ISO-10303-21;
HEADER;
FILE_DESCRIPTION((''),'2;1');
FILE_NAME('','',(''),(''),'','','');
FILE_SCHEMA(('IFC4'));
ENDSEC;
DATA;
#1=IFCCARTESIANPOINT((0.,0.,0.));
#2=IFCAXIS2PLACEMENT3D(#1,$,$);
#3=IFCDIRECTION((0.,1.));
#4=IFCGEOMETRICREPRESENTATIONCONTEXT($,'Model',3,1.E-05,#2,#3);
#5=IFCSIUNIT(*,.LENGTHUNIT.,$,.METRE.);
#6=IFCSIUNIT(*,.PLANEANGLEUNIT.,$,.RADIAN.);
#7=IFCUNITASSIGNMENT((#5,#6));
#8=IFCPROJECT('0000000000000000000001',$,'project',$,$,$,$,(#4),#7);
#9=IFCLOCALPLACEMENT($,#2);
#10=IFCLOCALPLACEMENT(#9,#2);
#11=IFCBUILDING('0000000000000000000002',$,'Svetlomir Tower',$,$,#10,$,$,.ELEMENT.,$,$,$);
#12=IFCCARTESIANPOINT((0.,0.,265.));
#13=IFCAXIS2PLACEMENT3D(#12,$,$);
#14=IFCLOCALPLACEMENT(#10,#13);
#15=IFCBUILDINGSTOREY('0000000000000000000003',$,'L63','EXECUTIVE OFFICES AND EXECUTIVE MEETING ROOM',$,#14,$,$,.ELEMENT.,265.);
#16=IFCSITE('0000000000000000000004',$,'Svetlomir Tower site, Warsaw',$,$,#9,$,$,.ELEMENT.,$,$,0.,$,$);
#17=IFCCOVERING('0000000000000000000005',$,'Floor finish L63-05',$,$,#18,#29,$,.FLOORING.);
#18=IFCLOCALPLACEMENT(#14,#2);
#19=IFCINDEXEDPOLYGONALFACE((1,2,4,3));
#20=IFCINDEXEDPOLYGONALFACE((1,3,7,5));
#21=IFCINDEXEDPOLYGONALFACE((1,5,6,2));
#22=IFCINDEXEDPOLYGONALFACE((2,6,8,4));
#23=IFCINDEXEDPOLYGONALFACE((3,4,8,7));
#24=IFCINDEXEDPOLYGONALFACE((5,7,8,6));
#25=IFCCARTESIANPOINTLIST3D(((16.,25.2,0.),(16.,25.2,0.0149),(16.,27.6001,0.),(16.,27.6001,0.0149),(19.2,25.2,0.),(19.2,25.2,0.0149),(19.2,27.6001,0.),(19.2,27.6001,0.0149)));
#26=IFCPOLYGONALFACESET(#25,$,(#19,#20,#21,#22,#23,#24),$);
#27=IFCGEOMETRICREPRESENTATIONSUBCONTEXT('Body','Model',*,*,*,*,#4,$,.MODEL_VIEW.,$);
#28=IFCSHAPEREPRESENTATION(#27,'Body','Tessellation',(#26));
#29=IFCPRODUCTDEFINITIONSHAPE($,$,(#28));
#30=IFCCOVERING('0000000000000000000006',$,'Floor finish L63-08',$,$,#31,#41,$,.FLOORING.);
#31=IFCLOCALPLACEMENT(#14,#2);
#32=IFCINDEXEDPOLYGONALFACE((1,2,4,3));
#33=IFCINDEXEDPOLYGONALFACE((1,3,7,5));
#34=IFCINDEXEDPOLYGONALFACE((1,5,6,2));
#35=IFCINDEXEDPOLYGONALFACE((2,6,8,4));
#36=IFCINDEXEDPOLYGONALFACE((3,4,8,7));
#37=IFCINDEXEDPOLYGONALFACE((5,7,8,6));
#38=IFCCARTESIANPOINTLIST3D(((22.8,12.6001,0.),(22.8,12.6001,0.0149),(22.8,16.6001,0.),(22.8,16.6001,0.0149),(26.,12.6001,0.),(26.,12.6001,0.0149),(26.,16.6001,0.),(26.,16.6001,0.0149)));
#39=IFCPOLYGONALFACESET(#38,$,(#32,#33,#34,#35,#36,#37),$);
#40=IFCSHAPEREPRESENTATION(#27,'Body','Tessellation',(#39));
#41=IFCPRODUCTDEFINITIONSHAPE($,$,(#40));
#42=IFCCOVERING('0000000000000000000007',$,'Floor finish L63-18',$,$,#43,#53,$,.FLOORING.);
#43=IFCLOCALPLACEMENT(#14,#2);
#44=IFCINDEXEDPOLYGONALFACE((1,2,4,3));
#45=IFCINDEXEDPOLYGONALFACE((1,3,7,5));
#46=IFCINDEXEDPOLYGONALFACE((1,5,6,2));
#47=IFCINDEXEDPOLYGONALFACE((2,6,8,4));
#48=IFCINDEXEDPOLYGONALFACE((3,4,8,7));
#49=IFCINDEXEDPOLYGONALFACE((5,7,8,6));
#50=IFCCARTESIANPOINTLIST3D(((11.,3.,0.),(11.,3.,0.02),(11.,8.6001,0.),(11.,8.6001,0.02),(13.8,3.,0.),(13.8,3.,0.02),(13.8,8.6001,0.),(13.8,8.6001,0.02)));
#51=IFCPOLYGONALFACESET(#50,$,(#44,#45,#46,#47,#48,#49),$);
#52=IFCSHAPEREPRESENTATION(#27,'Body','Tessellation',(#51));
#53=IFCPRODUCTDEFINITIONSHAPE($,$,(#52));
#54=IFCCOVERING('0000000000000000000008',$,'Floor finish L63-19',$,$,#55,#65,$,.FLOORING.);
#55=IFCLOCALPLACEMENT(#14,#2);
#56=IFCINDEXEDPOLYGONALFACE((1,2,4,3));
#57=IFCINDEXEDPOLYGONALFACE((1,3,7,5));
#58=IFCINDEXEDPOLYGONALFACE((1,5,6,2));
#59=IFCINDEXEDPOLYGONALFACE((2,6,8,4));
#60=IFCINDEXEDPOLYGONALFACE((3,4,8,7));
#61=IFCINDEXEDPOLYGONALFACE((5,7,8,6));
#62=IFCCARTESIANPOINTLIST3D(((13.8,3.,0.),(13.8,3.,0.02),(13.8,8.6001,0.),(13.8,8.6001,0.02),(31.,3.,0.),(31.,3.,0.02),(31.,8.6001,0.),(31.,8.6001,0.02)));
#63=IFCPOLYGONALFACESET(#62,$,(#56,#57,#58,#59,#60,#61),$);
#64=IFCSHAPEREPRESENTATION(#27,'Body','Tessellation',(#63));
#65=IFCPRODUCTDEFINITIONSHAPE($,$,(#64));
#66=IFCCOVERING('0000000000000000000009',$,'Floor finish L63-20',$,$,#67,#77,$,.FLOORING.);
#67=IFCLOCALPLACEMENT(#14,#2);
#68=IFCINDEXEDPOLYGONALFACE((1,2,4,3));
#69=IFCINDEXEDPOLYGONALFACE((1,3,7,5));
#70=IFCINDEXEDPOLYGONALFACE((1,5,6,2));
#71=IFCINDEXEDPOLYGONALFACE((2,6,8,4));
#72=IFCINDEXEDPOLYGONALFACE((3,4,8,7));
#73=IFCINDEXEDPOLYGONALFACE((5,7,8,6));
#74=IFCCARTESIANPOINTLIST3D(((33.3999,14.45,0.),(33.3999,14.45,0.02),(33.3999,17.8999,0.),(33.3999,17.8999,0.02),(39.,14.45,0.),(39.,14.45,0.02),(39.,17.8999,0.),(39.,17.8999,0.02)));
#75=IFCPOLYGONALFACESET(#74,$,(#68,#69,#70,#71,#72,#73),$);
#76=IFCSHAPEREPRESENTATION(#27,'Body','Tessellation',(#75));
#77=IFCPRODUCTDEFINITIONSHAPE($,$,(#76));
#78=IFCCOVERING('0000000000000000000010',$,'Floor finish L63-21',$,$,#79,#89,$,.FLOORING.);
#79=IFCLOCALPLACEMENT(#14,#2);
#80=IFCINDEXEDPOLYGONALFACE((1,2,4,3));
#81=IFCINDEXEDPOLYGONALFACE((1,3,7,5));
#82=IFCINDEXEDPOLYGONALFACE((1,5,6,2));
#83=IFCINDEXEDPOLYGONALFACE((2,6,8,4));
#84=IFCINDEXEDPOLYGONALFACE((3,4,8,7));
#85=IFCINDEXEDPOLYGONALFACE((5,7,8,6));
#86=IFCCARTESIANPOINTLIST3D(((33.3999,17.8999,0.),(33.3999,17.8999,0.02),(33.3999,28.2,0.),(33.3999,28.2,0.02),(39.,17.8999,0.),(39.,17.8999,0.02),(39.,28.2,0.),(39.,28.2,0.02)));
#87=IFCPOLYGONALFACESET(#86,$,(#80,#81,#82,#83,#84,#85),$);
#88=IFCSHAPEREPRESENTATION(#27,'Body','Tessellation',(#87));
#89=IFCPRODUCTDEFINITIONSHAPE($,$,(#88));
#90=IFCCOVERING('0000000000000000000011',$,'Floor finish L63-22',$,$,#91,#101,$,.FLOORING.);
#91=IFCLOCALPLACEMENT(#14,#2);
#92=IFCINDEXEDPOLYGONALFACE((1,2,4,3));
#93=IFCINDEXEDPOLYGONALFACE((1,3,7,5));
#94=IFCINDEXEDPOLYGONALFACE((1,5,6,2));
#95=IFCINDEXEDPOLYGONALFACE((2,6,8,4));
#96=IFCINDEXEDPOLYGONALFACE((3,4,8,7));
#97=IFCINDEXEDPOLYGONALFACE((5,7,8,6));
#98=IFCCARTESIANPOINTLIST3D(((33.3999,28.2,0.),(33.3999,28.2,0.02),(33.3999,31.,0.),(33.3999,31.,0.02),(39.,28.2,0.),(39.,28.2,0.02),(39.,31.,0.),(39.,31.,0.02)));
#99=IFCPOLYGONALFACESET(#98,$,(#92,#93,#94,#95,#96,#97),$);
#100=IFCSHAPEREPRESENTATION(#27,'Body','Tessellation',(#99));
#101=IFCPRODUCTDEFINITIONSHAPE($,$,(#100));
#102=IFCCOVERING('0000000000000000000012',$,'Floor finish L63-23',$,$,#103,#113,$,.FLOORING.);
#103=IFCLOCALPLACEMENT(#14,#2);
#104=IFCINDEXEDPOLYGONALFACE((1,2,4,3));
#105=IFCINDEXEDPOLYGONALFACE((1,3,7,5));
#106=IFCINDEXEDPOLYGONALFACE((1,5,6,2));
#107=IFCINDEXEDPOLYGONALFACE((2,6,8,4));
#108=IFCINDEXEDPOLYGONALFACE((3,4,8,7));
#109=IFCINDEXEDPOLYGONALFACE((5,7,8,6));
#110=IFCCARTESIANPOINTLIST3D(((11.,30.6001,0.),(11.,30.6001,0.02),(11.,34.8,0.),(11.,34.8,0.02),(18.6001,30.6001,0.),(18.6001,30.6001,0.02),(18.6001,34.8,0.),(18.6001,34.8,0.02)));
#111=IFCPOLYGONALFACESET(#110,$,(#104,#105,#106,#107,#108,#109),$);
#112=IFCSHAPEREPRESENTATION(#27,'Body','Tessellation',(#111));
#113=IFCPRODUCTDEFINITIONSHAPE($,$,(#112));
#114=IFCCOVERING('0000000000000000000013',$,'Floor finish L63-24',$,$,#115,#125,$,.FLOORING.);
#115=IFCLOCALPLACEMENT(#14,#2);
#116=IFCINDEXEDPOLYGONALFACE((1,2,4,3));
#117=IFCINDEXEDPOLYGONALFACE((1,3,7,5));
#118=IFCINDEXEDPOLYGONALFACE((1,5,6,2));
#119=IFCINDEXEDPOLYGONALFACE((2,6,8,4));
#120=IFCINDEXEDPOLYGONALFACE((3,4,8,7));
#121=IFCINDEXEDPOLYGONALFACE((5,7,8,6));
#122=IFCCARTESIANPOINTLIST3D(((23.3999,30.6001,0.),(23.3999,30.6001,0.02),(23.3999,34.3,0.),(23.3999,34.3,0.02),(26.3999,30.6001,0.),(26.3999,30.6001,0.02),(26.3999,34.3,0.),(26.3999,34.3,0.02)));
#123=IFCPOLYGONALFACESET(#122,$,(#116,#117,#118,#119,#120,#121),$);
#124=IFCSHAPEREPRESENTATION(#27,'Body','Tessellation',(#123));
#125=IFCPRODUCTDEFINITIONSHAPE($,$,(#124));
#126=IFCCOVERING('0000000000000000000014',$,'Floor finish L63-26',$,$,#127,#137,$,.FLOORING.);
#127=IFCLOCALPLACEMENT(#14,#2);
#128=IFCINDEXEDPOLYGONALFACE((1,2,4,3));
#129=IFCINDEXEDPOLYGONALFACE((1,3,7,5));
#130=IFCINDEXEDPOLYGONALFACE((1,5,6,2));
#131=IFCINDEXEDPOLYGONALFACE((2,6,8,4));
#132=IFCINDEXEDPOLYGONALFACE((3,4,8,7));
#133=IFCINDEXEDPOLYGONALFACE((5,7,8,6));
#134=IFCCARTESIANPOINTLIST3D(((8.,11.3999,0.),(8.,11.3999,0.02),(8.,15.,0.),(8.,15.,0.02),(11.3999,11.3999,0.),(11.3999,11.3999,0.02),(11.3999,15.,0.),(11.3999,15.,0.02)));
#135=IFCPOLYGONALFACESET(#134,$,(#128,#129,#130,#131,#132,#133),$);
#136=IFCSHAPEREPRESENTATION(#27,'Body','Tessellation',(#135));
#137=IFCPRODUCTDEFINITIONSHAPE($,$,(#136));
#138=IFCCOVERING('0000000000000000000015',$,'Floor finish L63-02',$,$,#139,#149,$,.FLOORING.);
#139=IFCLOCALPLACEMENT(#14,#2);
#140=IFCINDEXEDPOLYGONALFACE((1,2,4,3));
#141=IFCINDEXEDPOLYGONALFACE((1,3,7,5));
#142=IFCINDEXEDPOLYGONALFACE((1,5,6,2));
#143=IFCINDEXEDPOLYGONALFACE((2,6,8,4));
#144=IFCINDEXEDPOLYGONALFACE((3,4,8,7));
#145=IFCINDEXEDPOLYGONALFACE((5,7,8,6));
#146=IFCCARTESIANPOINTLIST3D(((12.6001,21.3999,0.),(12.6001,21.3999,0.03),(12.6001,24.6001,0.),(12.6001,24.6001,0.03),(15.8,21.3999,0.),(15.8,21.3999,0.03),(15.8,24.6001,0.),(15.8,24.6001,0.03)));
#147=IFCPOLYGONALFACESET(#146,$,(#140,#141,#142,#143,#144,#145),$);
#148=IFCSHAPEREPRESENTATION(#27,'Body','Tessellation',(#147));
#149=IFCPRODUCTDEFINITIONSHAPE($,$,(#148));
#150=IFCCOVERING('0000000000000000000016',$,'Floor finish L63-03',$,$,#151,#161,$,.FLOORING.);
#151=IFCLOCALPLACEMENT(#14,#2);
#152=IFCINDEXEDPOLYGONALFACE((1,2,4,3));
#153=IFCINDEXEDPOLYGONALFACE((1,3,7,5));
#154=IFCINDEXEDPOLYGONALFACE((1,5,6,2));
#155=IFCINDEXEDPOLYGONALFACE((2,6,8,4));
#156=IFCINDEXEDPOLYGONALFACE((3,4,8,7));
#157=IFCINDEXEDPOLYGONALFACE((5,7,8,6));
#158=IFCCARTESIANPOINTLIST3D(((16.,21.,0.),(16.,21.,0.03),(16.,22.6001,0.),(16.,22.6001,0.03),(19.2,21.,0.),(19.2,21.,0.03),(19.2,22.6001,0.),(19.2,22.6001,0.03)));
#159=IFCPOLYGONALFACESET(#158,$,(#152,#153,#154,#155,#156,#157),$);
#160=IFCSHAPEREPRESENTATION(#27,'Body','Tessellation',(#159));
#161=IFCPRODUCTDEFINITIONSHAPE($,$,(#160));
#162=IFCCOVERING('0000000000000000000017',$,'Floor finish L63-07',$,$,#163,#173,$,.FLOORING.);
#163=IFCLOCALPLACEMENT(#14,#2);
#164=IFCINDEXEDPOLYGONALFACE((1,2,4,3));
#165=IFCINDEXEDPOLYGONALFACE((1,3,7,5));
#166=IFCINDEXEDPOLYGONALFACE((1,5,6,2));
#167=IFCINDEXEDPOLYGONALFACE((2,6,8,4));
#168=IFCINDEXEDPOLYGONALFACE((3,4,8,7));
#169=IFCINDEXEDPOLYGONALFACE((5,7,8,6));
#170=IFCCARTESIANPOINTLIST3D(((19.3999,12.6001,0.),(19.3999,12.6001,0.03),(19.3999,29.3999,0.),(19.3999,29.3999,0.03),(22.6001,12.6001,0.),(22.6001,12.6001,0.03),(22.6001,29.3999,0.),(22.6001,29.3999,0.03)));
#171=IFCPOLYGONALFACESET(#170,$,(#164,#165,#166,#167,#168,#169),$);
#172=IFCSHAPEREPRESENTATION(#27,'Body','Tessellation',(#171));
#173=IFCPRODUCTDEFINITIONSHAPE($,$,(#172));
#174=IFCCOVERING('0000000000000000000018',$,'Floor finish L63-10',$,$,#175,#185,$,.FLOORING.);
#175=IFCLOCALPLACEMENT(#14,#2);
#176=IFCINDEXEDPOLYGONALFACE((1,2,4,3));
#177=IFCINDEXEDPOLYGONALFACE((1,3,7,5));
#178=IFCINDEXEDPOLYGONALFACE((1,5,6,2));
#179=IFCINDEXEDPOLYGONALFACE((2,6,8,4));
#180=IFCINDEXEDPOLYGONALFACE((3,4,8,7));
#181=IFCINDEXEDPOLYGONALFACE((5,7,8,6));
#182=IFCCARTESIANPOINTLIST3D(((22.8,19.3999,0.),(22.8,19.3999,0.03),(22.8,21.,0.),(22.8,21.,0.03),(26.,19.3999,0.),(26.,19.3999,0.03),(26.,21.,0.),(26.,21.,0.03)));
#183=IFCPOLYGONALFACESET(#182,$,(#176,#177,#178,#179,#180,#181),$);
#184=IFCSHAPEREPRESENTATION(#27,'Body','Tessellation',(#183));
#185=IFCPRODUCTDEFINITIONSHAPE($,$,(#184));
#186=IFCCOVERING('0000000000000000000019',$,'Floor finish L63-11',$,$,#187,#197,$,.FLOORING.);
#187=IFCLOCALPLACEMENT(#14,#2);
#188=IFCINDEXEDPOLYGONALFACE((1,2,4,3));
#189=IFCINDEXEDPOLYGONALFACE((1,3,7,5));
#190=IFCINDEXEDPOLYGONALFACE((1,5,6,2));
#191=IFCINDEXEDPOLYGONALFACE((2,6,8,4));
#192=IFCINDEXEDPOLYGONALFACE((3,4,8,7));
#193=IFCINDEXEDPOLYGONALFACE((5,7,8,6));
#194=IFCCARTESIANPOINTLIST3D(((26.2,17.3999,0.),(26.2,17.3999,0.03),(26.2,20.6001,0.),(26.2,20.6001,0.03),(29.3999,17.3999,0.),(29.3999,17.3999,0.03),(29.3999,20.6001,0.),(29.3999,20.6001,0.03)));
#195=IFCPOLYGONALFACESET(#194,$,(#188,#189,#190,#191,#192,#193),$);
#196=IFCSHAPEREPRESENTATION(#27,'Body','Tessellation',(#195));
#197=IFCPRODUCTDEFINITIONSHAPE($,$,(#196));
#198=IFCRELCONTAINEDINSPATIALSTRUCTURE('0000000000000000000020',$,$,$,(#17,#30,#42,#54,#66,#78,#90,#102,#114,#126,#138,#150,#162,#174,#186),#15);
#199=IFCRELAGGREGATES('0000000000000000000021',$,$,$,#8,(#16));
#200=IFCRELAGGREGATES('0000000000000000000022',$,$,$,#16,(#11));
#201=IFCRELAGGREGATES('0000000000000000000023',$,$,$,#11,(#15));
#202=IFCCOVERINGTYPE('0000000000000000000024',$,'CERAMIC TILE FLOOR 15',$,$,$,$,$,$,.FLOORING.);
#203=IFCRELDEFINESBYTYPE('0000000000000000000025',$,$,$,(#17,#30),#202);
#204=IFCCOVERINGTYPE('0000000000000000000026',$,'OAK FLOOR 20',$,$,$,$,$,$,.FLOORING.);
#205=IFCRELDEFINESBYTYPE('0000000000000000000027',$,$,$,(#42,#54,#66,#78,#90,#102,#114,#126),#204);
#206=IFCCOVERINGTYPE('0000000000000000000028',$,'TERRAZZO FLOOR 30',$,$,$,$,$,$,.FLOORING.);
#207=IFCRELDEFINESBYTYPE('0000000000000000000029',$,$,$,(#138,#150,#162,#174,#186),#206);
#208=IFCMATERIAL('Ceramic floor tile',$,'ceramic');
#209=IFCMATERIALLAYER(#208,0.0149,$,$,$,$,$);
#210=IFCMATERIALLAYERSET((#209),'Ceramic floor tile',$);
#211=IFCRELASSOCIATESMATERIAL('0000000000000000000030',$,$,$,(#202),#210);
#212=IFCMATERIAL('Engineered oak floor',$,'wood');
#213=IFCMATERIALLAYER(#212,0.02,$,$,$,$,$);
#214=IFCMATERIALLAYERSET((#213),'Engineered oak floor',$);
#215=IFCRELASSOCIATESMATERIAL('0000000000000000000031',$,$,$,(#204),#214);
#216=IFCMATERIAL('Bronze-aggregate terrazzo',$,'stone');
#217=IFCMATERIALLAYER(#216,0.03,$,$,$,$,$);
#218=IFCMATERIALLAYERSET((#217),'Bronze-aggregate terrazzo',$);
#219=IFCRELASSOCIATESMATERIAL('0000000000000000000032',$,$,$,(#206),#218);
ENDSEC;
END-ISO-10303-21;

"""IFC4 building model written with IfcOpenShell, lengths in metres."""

from ifc_helpers import new_model, si_unit, direction, frame, origin, place, context, subcontext, project, spatial, polyline, outline, extrude, material, layer, layer_set, type_object, element, save


model = new_model("IFC4")

# Units and contexts
model_context = context("Model", 3, precision=1e-05, world=origin(), true_north=direction((0.0, 1.0)))
body_context = subcontext(model_context, "Body", "Model", "MODEL_VIEW")
ifc_project = project(units=[si_unit("LENGTHUNIT", "METRE"), si_unit("PLANEANGLEUNIT", "RADIAN")], contexts=[model_context])

# Site, building, storey
site_placement = place(None, origin())
site = spatial("IfcSite", under=ifc_project, at=site_placement, Name="Svetlomir Tower site, Warsaw", CompositionType="ELEMENT", RefElevation=0.0)
building_placement = place(site_placement, origin())
building = spatial("IfcBuilding", under=site, at=building_placement, Name="Svetlomir Tower", CompositionType="ELEMENT")
storey_placement = place(building_placement, frame((0.0, 0.0, 265.0)))
storey = spatial("IfcBuildingStorey", under=building, at=storey_placement, Name="L63", Description="EXECUTIVE OFFICES AND EXECUTIVE MEETING ROOM", CompositionType="ELEMENT", Elevation=265.0)

# Coverings
ifc_material_1 = material(Name="Ceramic floor tile", Category="ceramic")
ifc_layer_1 = layer(ifc_material_1, 0.0149)
ifc_layer_set_1 = layer_set([ifc_layer_1], Name="Ceramic floor tile")
covering_type_1 = type_object("IfcCoveringType", Name="CERAMIC TILE FLOOR 15", PredefinedType="FLOORING", material=ifc_layer_set_1)
covering_1_placement = place(storey_placement, origin())
element("IfcCovering", 1, at=covering_1_placement, inside=storey, type_object=covering_type_1, Name="Floor finish L63-05", PredefinedType="FLOORING", context=body_context, shape_type="SweptSolid", body=[
    extrude(outline(polyline([(16.0, 25.2), (19.2, 25.2), (19.2, 27.6001), (16.0, 27.6001), (16.0, 25.2)])), origin(), (0.0, 0.0, 1.0), 0.0149),
])
covering_2_placement = place(storey_placement, origin())
element("IfcCovering", 2, at=covering_2_placement, inside=storey, type_object=covering_type_1, Name="Floor finish L63-08", PredefinedType="FLOORING", context=body_context, shape_type="SweptSolid", body=[
    extrude(outline(polyline([(22.8, 12.6001), (26.0, 12.6001), (26.0, 16.6001), (22.8, 16.6001), (22.8, 12.6001)])), origin(), (0.0, 0.0, 1.0), 0.0149),
])
ifc_material_2 = material(Name="Engineered oak floor", Category="wood")
ifc_layer_2 = layer(ifc_material_2, 0.02)
ifc_layer_set_2 = layer_set([ifc_layer_2], Name="Engineered oak floor")
covering_type_2 = type_object("IfcCoveringType", Name="OAK FLOOR 20", PredefinedType="FLOORING", material=ifc_layer_set_2)
covering_3_placement = place(storey_placement, origin())
element("IfcCovering", 3, at=covering_3_placement, inside=storey, type_object=covering_type_2, Name="Floor finish L63-18", PredefinedType="FLOORING", context=body_context, shape_type="SweptSolid", body=[
    extrude(outline(polyline([(11.0, 3.0), (13.8, 3.0), (13.8, 8.6001), (11.0, 8.6001), (11.0, 3.0)])), origin(), (0.0, 0.0, 1.0), 0.02),
])
covering_4_placement = place(storey_placement, origin())
element("IfcCovering", 4, at=covering_4_placement, inside=storey, type_object=covering_type_2, Name="Floor finish L63-19", PredefinedType="FLOORING", context=body_context, shape_type="SweptSolid", body=[
    extrude(outline(polyline([(13.8, 3.0), (31.0, 3.0), (31.0, 8.6001), (13.8, 8.6001), (13.8, 3.0)])), origin(), (0.0, 0.0, 1.0), 0.02),
])
covering_5_placement = place(storey_placement, origin())
element("IfcCovering", 5, at=covering_5_placement, inside=storey, type_object=covering_type_2, Name="Floor finish L63-20", PredefinedType="FLOORING", context=body_context, shape_type="SweptSolid", body=[
    extrude(outline(polyline([(33.3999, 14.45), (39.0, 14.45), (39.0, 17.8999), (33.3999, 17.8999), (33.3999, 14.45)])), origin(), (0.0, 0.0, 1.0), 0.02),
])
covering_6_placement = place(storey_placement, origin())
element("IfcCovering", 6, at=covering_6_placement, inside=storey, type_object=covering_type_2, Name="Floor finish L63-21", PredefinedType="FLOORING", context=body_context, shape_type="SweptSolid", body=[
    extrude(outline(polyline([(33.3999, 17.8999), (39.0, 17.8999), (39.0, 28.2), (33.3999, 28.2), (33.3999, 17.8999)])), origin(), (0.0, 0.0, 1.0), 0.02),
])
covering_7_placement = place(storey_placement, origin())
element("IfcCovering", 7, at=covering_7_placement, inside=storey, type_object=covering_type_2, Name="Floor finish L63-22", PredefinedType="FLOORING", context=body_context, shape_type="SweptSolid", body=[
    extrude(outline(polyline([(33.3999, 28.2), (39.0, 28.2), (39.0, 31.0), (33.3999, 31.0), (33.3999, 28.2)])), origin(), (0.0, 0.0, 1.0), 0.02),
])
covering_8_placement = place(storey_placement, origin())
element("IfcCovering", 8, at=covering_8_placement, inside=storey, type_object=covering_type_2, Name="Floor finish L63-23", PredefinedType="FLOORING", context=body_context, shape_type="SweptSolid", body=[
    extrude(outline(polyline([(11.0, 30.6001), (18.6001, 30.6001), (18.6001, 34.8), (11.0, 34.8), (11.0, 30.6001)])), origin(), (0.0, 0.0, 1.0), 0.02),
])
covering_9_placement = place(storey_placement, origin())
element("IfcCovering", 9, at=covering_9_placement, inside=storey, type_object=covering_type_2, Name="Floor finish L63-24", PredefinedType="FLOORING", context=body_context, shape_type="SweptSolid", body=[
    extrude(outline(polyline([(23.3999, 30.6001), (26.3999, 30.6001), (26.3999, 34.3), (23.3999, 34.3), (23.3999, 30.6001)])), origin(), (0.0, 0.0, 1.0), 0.02),
])
covering_10_placement = place(storey_placement, origin())
element("IfcCovering", 10, at=covering_10_placement, inside=storey, type_object=covering_type_2, Name="Floor finish L63-26", PredefinedType="FLOORING", context=body_context, shape_type="SweptSolid", body=[
    extrude(outline(polyline([(8.0, 11.3999), (11.3999, 11.3999), (11.3999, 15.0), (8.0, 15.0), (8.0, 11.3999)])), origin(), (0.0, 0.0, 1.0), 0.02),
])
ifc_material_3 = material(Name="Bronze-aggregate terrazzo", Category="stone")
ifc_layer_3 = layer(ifc_material_3, 0.03)
ifc_layer_set_3 = layer_set([ifc_layer_3], Name="Bronze-aggregate terrazzo")
covering_type_3 = type_object("IfcCoveringType", Name="TERRAZZO FLOOR 30", PredefinedType="FLOORING", material=ifc_layer_set_3)
covering_11_placement = place(storey_placement, origin())
element("IfcCovering", 11, at=covering_11_placement, inside=storey, type_object=covering_type_3, Name="Floor finish L63-02", PredefinedType="FLOORING", context=body_context, shape_type="SweptSolid", body=[
    extrude(outline(polyline([(12.6001, 21.3999), (15.8, 21.3999), (15.8, 24.6001), (12.6001, 24.6001), (12.6001, 21.3999)])), origin(), (0.0, 0.0, 1.0), 0.03),
])
covering_12_placement = place(storey_placement, origin())
element("IfcCovering", 12, at=covering_12_placement, inside=storey, type_object=covering_type_3, Name="Floor finish L63-03", PredefinedType="FLOORING", context=body_context, shape_type="SweptSolid", body=[
    extrude(outline(polyline([(16.0, 21.0), (19.2, 21.0), (19.2, 22.6001), (16.0, 22.6001), (16.0, 21.0)])), origin(), (0.0, 0.0, 1.0), 0.03),
])
covering_13_placement = place(storey_placement, origin())
element("IfcCovering", 13, at=covering_13_placement, inside=storey, type_object=covering_type_3, Name="Floor finish L63-07", PredefinedType="FLOORING", context=body_context, shape_type="SweptSolid", body=[
    extrude(outline(polyline([(19.3999, 12.6001), (22.6001, 12.6001), (22.6001, 29.3999), (19.3999, 29.3999), (19.3999, 12.6001)])), origin(), (0.0, 0.0, 1.0), 0.03),
])
covering_14_placement = place(storey_placement, origin())
element("IfcCovering", 14, at=covering_14_placement, inside=storey, type_object=covering_type_3, Name="Floor finish L63-10", PredefinedType="FLOORING", context=body_context, shape_type="SweptSolid", body=[
    extrude(outline(polyline([(22.8, 19.3999), (26.0, 19.3999), (26.0, 21.0), (22.8, 21.0), (22.8, 19.3999)])), origin(), (0.0, 0.0, 1.0), 0.03),
])
covering_15_placement = place(storey_placement, origin())
element("IfcCovering", 15, at=covering_15_placement, inside=storey, type_object=covering_type_3, Name="Floor finish L63-11", PredefinedType="FLOORING", context=body_context, shape_type="SweptSolid", body=[
    extrude(outline(polyline([(26.2, 17.3999), (29.3999, 17.3999), (29.3999, 20.6001), (26.2, 20.6001), (26.2, 17.3999)])), origin(), (0.0, 0.0, 1.0), 0.03),
])

save(model, "model.ifc")
